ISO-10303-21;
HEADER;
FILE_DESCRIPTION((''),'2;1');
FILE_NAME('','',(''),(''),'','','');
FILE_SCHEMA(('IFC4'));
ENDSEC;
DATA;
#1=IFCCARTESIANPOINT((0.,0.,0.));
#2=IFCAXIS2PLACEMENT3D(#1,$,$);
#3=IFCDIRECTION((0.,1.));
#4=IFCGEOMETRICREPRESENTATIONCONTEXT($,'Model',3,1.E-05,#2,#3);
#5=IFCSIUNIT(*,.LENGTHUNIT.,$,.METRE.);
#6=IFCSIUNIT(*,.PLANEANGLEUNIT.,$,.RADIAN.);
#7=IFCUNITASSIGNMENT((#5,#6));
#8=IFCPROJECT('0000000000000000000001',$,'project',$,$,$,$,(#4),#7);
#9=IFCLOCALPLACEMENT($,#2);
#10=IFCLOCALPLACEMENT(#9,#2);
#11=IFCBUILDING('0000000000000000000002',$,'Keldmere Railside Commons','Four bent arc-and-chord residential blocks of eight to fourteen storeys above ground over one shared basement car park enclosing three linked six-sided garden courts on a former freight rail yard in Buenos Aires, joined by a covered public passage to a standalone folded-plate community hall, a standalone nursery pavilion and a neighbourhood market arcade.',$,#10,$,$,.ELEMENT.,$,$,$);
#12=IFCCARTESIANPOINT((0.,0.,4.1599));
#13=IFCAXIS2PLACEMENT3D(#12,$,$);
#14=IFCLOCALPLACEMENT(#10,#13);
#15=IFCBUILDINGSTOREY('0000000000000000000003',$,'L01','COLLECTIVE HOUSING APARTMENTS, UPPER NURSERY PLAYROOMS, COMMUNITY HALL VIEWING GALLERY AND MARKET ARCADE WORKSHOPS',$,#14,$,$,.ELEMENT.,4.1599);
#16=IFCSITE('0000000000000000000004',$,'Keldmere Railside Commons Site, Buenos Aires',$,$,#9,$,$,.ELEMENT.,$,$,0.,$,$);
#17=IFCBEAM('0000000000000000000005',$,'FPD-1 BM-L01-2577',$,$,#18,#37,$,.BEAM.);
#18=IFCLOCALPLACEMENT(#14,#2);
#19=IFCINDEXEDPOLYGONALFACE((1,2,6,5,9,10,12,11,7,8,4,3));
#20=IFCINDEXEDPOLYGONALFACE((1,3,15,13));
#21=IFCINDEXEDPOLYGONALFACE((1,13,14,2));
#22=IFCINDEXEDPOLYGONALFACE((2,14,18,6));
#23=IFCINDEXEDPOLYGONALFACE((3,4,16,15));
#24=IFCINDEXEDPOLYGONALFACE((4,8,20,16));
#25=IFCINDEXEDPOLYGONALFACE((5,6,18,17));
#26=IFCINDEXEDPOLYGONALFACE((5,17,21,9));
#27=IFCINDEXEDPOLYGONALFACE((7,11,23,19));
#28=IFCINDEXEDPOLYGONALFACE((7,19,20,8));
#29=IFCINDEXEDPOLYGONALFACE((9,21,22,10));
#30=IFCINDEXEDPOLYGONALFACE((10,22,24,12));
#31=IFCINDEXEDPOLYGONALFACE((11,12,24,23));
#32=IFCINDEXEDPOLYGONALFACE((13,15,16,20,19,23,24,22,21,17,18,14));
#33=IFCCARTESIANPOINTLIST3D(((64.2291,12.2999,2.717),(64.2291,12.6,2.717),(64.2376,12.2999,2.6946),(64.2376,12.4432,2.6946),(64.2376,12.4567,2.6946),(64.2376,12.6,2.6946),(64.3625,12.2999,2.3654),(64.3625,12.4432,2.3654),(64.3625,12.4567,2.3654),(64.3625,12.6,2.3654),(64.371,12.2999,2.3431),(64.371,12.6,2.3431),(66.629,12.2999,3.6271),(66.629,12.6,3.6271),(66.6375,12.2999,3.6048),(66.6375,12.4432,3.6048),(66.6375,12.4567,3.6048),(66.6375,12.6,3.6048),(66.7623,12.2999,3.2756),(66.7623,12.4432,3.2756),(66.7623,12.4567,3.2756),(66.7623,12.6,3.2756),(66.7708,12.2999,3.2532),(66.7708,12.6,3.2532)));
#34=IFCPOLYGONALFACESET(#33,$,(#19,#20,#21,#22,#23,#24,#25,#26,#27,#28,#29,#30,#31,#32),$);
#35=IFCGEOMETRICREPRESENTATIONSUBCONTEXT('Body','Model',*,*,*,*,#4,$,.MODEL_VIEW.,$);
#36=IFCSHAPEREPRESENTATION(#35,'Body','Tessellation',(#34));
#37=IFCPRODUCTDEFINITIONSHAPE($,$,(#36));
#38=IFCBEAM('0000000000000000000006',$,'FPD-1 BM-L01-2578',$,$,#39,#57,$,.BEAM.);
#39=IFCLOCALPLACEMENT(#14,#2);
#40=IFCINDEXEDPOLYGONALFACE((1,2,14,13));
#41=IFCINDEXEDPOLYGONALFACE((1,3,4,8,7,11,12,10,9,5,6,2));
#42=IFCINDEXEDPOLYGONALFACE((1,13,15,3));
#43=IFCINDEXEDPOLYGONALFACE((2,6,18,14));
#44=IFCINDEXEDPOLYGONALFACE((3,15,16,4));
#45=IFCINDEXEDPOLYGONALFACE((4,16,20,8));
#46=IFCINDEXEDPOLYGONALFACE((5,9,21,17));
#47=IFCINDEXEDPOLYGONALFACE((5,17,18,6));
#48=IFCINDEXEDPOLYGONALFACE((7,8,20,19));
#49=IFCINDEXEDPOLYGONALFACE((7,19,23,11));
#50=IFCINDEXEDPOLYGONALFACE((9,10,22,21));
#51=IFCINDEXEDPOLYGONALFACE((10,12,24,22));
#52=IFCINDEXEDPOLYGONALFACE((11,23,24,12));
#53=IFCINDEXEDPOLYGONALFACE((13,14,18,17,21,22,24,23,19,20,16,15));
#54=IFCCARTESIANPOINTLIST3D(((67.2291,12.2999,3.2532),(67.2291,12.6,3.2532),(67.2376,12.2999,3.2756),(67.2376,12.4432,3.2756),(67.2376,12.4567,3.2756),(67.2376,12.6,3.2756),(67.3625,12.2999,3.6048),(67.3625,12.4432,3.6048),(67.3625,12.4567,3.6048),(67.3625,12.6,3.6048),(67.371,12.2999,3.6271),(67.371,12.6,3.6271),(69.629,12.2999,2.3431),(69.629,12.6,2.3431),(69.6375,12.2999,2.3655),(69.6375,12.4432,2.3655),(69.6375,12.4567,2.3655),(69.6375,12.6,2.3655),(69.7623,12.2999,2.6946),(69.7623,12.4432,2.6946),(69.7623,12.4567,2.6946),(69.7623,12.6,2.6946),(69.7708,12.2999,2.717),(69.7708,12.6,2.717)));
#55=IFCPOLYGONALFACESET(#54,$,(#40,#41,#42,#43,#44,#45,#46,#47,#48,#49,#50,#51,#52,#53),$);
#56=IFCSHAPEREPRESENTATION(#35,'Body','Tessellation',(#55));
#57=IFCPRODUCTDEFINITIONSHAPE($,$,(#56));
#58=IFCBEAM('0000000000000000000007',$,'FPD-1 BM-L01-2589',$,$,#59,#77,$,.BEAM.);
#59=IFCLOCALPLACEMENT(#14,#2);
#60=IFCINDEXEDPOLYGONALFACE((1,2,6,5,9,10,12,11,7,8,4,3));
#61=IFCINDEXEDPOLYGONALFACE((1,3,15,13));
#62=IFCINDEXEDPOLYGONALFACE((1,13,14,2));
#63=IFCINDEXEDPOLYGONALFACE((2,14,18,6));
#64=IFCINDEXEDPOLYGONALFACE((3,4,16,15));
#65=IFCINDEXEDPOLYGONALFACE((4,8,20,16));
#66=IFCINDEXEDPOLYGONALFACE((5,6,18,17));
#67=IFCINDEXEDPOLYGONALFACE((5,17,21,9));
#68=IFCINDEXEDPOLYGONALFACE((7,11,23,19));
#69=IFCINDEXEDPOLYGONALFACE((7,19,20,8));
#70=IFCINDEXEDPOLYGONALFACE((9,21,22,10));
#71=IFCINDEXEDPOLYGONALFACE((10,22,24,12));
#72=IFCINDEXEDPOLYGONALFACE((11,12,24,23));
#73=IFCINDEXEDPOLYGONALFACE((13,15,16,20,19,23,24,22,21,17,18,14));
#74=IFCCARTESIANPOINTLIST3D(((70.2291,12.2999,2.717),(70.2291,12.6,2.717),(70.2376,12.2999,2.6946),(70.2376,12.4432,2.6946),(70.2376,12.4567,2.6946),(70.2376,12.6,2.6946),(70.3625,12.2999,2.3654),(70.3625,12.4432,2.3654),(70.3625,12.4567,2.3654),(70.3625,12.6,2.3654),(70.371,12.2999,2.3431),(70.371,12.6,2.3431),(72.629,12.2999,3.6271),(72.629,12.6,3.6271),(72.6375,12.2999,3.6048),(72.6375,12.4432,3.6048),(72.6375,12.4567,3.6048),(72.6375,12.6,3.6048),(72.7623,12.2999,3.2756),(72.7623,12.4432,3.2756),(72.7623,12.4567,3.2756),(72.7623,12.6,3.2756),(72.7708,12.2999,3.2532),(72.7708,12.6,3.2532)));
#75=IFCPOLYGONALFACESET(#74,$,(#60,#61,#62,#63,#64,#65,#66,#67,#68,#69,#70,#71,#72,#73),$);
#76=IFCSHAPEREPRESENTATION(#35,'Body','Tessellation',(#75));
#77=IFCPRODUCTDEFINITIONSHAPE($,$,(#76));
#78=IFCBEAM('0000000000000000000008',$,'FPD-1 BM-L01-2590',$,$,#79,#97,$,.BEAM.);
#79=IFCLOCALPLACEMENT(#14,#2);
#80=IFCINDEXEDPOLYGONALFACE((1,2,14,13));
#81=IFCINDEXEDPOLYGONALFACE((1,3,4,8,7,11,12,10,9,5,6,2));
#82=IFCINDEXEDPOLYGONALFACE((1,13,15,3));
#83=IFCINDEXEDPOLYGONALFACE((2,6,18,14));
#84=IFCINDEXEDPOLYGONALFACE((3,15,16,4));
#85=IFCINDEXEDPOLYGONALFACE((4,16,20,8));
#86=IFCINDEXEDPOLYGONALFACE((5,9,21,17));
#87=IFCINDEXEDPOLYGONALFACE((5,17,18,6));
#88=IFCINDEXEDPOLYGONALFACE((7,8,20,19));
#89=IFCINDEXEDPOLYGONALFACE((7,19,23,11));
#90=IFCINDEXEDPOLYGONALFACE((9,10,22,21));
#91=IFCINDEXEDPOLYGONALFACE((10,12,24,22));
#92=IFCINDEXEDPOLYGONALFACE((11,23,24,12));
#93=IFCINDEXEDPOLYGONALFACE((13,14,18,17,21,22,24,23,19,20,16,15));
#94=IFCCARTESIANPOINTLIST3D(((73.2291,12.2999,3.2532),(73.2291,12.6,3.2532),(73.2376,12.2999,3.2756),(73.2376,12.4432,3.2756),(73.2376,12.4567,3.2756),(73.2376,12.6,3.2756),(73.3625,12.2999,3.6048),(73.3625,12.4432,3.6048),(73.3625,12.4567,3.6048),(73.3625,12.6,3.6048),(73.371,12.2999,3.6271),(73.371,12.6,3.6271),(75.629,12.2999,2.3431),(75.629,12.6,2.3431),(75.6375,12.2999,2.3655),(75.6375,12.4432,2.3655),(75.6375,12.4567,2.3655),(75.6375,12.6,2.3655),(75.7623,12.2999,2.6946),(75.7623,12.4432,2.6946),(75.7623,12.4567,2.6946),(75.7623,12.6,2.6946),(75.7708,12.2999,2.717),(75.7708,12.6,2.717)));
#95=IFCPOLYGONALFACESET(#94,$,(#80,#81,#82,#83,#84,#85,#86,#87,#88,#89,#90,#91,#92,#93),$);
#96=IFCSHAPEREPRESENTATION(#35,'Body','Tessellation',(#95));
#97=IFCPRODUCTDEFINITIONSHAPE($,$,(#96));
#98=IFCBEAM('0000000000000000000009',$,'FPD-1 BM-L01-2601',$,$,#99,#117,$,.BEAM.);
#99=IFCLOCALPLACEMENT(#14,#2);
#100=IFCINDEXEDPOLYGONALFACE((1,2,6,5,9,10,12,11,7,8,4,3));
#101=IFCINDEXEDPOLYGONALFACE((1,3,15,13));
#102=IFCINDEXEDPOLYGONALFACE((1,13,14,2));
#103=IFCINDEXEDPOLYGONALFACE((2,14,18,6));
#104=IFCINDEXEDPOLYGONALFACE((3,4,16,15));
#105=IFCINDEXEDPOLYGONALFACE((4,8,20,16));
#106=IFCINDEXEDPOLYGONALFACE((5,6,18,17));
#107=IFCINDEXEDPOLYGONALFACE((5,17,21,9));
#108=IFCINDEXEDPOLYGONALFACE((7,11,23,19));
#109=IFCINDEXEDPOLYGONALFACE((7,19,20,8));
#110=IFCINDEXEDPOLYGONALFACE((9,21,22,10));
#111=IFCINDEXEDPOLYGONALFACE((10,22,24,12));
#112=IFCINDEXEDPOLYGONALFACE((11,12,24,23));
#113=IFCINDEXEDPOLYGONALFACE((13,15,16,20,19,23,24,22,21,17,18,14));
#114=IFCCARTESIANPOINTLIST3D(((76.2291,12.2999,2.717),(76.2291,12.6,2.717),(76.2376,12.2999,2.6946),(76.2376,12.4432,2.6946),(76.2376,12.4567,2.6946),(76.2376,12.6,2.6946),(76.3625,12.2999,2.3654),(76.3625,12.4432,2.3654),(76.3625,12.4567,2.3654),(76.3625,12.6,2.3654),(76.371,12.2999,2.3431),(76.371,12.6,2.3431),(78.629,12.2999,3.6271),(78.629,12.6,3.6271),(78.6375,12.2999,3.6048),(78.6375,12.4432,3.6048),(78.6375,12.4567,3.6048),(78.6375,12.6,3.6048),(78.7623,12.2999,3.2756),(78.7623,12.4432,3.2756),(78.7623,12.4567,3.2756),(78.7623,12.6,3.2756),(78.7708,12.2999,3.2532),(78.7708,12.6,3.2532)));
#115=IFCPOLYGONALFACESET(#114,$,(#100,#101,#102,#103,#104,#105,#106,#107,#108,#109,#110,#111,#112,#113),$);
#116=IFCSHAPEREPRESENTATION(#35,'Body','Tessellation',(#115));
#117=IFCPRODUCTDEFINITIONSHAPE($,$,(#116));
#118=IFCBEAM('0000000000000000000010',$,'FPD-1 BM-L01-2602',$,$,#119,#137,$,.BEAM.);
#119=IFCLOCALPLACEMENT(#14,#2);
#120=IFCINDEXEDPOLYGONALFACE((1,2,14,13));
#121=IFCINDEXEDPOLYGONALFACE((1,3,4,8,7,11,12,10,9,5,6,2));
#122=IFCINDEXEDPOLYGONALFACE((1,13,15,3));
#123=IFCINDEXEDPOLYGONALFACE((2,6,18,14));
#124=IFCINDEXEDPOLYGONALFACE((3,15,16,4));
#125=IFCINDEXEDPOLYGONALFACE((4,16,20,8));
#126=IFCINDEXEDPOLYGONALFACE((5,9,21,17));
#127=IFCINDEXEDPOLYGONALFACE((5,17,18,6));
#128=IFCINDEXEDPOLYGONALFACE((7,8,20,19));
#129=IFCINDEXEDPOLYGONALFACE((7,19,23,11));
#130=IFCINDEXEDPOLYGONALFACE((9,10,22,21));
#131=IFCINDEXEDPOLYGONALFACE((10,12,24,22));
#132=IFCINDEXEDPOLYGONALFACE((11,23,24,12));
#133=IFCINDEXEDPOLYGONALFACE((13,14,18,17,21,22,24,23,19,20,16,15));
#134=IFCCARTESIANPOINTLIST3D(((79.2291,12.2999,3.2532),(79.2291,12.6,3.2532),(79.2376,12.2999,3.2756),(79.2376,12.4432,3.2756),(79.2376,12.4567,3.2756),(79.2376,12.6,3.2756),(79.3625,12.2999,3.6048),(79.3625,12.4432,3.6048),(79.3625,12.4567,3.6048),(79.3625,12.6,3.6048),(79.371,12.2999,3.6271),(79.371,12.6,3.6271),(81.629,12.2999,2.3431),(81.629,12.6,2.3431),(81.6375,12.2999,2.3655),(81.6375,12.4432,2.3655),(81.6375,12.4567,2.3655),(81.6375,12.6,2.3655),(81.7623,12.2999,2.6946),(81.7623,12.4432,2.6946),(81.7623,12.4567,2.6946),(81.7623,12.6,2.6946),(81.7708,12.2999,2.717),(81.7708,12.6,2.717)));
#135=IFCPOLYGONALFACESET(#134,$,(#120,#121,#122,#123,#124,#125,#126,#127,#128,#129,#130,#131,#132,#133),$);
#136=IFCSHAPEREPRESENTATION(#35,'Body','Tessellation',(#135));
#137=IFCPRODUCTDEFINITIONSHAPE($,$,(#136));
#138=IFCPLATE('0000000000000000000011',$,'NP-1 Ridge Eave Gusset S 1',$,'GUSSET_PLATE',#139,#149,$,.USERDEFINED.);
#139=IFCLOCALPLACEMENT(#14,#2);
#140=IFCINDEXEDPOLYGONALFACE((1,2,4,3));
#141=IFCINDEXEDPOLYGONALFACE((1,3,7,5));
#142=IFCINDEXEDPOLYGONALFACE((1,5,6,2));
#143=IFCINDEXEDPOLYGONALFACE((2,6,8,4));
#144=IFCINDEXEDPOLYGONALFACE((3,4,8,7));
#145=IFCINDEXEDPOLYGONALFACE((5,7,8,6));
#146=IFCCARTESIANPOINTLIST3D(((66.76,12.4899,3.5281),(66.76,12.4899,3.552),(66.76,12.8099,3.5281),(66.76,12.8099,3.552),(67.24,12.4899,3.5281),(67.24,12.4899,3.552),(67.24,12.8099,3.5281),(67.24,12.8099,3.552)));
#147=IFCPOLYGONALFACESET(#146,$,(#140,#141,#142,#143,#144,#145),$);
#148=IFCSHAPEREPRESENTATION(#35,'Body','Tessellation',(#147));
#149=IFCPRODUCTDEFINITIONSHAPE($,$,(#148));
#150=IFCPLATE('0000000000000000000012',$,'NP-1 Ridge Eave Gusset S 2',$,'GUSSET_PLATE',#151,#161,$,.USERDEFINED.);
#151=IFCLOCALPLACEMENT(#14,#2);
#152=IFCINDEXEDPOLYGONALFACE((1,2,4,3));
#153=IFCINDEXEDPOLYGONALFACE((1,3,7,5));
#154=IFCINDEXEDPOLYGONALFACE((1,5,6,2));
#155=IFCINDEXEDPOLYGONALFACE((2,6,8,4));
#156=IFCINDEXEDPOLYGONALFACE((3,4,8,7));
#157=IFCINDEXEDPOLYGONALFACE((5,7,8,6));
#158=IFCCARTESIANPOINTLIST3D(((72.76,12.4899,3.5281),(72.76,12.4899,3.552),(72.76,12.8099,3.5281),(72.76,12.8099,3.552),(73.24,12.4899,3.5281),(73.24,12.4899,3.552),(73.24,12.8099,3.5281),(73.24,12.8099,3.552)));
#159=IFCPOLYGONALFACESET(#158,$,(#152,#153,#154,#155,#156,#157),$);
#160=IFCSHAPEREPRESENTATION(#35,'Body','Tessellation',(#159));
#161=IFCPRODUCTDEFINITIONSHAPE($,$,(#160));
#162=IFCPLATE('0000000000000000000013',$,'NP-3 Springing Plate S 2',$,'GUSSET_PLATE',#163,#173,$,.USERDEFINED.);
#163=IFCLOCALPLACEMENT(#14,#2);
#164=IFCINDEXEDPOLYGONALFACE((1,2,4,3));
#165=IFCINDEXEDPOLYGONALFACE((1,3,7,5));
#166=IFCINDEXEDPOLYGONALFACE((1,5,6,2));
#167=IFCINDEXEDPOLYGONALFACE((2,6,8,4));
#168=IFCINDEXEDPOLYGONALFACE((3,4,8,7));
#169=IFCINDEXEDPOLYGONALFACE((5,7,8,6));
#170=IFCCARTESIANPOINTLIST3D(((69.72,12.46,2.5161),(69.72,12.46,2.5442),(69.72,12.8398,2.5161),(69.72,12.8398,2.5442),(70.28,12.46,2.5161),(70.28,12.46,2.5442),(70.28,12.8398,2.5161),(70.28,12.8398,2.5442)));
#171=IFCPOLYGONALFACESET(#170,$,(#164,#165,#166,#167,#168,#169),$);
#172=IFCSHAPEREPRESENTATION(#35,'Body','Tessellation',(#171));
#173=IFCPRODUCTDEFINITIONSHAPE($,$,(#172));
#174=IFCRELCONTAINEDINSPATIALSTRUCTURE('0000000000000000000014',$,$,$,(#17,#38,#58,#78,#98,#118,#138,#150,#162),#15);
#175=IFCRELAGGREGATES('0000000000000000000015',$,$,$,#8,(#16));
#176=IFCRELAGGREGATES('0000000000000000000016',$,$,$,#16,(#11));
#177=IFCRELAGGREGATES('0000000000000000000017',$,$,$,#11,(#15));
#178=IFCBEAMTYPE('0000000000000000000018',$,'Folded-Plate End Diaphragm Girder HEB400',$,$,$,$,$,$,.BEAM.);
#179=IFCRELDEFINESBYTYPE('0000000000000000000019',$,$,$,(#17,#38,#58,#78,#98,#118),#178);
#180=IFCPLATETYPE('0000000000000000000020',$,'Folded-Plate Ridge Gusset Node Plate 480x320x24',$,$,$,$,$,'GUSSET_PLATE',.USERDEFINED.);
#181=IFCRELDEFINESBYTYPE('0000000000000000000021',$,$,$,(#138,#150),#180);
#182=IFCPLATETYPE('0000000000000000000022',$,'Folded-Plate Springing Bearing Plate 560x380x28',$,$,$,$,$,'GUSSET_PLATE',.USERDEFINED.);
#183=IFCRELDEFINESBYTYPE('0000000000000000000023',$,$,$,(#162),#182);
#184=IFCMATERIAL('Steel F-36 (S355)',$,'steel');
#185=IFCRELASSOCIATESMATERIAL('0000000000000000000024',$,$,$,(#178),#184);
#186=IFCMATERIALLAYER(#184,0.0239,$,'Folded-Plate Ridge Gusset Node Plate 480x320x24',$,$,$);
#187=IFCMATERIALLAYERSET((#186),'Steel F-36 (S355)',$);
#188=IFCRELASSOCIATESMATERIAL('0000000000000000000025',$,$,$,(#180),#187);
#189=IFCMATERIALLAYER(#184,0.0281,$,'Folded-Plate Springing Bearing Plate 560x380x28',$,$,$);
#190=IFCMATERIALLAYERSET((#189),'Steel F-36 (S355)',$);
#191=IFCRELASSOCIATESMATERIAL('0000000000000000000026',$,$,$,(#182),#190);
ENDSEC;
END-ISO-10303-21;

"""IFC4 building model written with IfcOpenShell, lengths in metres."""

from ifc_helpers import new_model, si_unit, direction, frame, origin, origin_2d, place, context, subcontext, project, spatial, rectangle, i_section, extrude, material, layer, layer_set, material_profile, profile_set, type_object, element, save


model = new_model("IFC4")

# Units and contexts
model_context = context("Model", 3, precision=1e-05, world=origin(), true_north=direction((0.0, 1.0)))
body_context = subcontext(model_context, "Body", "Model", "MODEL_VIEW")
ifc_project = project(units=[si_unit("LENGTHUNIT", "METRE"), si_unit("PLANEANGLEUNIT", "RADIAN")], contexts=[model_context])

# Site, building, storey
site_placement = place(None, origin())
site = spatial("IfcSite", under=ifc_project, at=site_placement, Name="Keldmere Railside Commons Site, Buenos Aires", CompositionType="ELEMENT", RefElevation=0.0)
building_placement = place(site_placement, origin())
building = spatial("IfcBuilding", under=site, at=building_placement, Name="Keldmere Railside Commons", Description="Four bent arc-and-chord residential blocks of eight to fourteen storeys above ground over one shared basement car park enclosing three linked six-sided garden courts on a former freight rail yard in Buenos Aires, joined by a covered public passage to a standalone folded-plate community hall, a standalone nursery pavilion and a neighbourhood market arcade.", CompositionType="ELEMENT")
storey_placement = place(building_placement, frame((0.0, 0.0, 4.1599)))
storey = spatial("IfcBuildingStorey", under=building, at=storey_placement, Name="L01", Description="COLLECTIVE HOUSING APARTMENTS, UPPER NURSERY PLAYROOMS, COMMUNITY HALL VIEWING GALLERY AND MARKET ARCADE WORKSHOPS", CompositionType="ELEMENT", Elevation=4.1599)

# Beams
ifc_material_1 = material(Name="Steel F-36 (S355)", Category="steel")
ifc_material_profile_1 = material_profile(ifc_material_1, i_section(OverallWidth=0.3, OverallDepth=0.3999, WebThickness=0.0134, FlangeThickness=0.0239, at=origin_2d()), Name="HEB-400")
ifc_profile_set_1 = profile_set([ifc_material_profile_1], Name="Steel F-36 (S355)")
beam_type_1 = type_object("IfcBeamType", Name="Folded-Plate End Diaphragm Girder HEB400", PredefinedType="BEAM", material=ifc_profile_set_1)
for number, where, z_axis, x_axis, name in (
    (1, (64.3, 12.45, 2.53), (0.935017, 0.0, 0.354603), (0.0, 1.0, 0.0), "FPD-1 BM-L01-2577"),
    (2, (67.3, 12.45, 3.4402), (0.935017, 0.0, -0.354603), (0.0, 1.0, 0.0), "FPD-1 BM-L01-2578"),
    (3, (70.3, 12.45, 2.53), (0.935017, 0.0, 0.354603), (0.0, 1.0, 0.0), "FPD-1 BM-L01-2589"),
    (4, (73.3, 12.45, 3.4402), (0.935017, 0.0, -0.354603), (0.0, 1.0, 0.0), "FPD-1 BM-L01-2590"),
    (5, (76.3, 12.45, 2.53), (0.935017, 0.0, 0.354603), (0.0, 1.0, 0.0), "FPD-1 BM-L01-2601"),
    (6, (79.3, 12.45, 3.4402), (0.935017, 0.0, -0.354603), (0.0, 1.0, 0.0), "FPD-1 BM-L01-2602"),
):
    element("IfcBeam", number, at=place(storey_placement, frame(where, z_axis=z_axis, x_axis=x_axis)), inside=storey, type_object=beam_type_1, Name=name, PredefinedType="BEAM", context=body_context, shape_type="SweptSolid", body=[
        extrude(i_section(OverallWidth=0.3, OverallDepth=0.3999, WebThickness=0.0134, FlangeThickness=0.0239, at=origin_2d()), origin(), (0.0, 0.0, 1.0), 2.5667),
    ])

# Plates
ifc_layer_1 = layer(ifc_material_1, 0.0239, Name="Folded-Plate Ridge Gusset Node Plate 480x320x24")
ifc_layer_set_1 = layer_set([ifc_layer_1], Name="Steel F-36 (S355)")
plate_type_1 = type_object("IfcPlateType", Name="Folded-Plate Ridge Gusset Node Plate 480x320x24", ElementType="GUSSET_PLATE", PredefinedType="USERDEFINED", material=ifc_layer_set_1)
for number, where, z_axis, x_axis, name in (
    (7, (67.0, 12.6499, 3.5281), (0.0, 0.0, 1.0), (1.0, 0.0, 0.0), "NP-1 Ridge Eave Gusset S 1"),
    (8, (73.0, 12.6499, 3.5281), (0.0, 0.0, 1.0), (1.0, 0.0, 0.0), "NP-1 Ridge Eave Gusset S 2"),
):
    element("IfcPlate", number, at=place(storey_placement, frame(where, z_axis=z_axis, x_axis=x_axis)), inside=storey, type_object=plate_type_1, Name=name, ObjectType="GUSSET_PLATE", PredefinedType="USERDEFINED", context=body_context, shape_type="SweptSolid", body=[
        extrude(rectangle(XDim=0.48, YDim=0.3201, at=origin_2d()), origin(), (0.0, 0.0, 1.0), 0.0239),
    ])
ifc_layer_2 = layer(ifc_material_1, 0.0281, Name="Folded-Plate Springing Bearing Plate 560x380x28")
ifc_layer_set_2 = layer_set([ifc_layer_2], Name="Steel F-36 (S355)")
plate_type_2 = type_object("IfcPlateType", Name="Folded-Plate Springing Bearing Plate 560x380x28", ElementType="GUSSET_PLATE", PredefinedType="USERDEFINED", material=ifc_layer_set_2)
plate_placement = place(storey_placement, frame((70.0, 12.6499, 2.5161), z_axis=(0.0, 0.0, 1.0), x_axis=(1.0, 0.0, 0.0)))
element("IfcPlate", 9, at=plate_placement, inside=storey, type_object=plate_type_2, Name="NP-3 Springing Plate S 2", ObjectType="GUSSET_PLATE", PredefinedType="USERDEFINED", context=body_context, shape_type="SweptSolid", body=[
    extrude(rectangle(XDim=0.5601, YDim=0.3799, at=origin_2d()), origin(), (0.0, 0.0, 1.0), 0.0281),
])

save(model, "model.ifc")
